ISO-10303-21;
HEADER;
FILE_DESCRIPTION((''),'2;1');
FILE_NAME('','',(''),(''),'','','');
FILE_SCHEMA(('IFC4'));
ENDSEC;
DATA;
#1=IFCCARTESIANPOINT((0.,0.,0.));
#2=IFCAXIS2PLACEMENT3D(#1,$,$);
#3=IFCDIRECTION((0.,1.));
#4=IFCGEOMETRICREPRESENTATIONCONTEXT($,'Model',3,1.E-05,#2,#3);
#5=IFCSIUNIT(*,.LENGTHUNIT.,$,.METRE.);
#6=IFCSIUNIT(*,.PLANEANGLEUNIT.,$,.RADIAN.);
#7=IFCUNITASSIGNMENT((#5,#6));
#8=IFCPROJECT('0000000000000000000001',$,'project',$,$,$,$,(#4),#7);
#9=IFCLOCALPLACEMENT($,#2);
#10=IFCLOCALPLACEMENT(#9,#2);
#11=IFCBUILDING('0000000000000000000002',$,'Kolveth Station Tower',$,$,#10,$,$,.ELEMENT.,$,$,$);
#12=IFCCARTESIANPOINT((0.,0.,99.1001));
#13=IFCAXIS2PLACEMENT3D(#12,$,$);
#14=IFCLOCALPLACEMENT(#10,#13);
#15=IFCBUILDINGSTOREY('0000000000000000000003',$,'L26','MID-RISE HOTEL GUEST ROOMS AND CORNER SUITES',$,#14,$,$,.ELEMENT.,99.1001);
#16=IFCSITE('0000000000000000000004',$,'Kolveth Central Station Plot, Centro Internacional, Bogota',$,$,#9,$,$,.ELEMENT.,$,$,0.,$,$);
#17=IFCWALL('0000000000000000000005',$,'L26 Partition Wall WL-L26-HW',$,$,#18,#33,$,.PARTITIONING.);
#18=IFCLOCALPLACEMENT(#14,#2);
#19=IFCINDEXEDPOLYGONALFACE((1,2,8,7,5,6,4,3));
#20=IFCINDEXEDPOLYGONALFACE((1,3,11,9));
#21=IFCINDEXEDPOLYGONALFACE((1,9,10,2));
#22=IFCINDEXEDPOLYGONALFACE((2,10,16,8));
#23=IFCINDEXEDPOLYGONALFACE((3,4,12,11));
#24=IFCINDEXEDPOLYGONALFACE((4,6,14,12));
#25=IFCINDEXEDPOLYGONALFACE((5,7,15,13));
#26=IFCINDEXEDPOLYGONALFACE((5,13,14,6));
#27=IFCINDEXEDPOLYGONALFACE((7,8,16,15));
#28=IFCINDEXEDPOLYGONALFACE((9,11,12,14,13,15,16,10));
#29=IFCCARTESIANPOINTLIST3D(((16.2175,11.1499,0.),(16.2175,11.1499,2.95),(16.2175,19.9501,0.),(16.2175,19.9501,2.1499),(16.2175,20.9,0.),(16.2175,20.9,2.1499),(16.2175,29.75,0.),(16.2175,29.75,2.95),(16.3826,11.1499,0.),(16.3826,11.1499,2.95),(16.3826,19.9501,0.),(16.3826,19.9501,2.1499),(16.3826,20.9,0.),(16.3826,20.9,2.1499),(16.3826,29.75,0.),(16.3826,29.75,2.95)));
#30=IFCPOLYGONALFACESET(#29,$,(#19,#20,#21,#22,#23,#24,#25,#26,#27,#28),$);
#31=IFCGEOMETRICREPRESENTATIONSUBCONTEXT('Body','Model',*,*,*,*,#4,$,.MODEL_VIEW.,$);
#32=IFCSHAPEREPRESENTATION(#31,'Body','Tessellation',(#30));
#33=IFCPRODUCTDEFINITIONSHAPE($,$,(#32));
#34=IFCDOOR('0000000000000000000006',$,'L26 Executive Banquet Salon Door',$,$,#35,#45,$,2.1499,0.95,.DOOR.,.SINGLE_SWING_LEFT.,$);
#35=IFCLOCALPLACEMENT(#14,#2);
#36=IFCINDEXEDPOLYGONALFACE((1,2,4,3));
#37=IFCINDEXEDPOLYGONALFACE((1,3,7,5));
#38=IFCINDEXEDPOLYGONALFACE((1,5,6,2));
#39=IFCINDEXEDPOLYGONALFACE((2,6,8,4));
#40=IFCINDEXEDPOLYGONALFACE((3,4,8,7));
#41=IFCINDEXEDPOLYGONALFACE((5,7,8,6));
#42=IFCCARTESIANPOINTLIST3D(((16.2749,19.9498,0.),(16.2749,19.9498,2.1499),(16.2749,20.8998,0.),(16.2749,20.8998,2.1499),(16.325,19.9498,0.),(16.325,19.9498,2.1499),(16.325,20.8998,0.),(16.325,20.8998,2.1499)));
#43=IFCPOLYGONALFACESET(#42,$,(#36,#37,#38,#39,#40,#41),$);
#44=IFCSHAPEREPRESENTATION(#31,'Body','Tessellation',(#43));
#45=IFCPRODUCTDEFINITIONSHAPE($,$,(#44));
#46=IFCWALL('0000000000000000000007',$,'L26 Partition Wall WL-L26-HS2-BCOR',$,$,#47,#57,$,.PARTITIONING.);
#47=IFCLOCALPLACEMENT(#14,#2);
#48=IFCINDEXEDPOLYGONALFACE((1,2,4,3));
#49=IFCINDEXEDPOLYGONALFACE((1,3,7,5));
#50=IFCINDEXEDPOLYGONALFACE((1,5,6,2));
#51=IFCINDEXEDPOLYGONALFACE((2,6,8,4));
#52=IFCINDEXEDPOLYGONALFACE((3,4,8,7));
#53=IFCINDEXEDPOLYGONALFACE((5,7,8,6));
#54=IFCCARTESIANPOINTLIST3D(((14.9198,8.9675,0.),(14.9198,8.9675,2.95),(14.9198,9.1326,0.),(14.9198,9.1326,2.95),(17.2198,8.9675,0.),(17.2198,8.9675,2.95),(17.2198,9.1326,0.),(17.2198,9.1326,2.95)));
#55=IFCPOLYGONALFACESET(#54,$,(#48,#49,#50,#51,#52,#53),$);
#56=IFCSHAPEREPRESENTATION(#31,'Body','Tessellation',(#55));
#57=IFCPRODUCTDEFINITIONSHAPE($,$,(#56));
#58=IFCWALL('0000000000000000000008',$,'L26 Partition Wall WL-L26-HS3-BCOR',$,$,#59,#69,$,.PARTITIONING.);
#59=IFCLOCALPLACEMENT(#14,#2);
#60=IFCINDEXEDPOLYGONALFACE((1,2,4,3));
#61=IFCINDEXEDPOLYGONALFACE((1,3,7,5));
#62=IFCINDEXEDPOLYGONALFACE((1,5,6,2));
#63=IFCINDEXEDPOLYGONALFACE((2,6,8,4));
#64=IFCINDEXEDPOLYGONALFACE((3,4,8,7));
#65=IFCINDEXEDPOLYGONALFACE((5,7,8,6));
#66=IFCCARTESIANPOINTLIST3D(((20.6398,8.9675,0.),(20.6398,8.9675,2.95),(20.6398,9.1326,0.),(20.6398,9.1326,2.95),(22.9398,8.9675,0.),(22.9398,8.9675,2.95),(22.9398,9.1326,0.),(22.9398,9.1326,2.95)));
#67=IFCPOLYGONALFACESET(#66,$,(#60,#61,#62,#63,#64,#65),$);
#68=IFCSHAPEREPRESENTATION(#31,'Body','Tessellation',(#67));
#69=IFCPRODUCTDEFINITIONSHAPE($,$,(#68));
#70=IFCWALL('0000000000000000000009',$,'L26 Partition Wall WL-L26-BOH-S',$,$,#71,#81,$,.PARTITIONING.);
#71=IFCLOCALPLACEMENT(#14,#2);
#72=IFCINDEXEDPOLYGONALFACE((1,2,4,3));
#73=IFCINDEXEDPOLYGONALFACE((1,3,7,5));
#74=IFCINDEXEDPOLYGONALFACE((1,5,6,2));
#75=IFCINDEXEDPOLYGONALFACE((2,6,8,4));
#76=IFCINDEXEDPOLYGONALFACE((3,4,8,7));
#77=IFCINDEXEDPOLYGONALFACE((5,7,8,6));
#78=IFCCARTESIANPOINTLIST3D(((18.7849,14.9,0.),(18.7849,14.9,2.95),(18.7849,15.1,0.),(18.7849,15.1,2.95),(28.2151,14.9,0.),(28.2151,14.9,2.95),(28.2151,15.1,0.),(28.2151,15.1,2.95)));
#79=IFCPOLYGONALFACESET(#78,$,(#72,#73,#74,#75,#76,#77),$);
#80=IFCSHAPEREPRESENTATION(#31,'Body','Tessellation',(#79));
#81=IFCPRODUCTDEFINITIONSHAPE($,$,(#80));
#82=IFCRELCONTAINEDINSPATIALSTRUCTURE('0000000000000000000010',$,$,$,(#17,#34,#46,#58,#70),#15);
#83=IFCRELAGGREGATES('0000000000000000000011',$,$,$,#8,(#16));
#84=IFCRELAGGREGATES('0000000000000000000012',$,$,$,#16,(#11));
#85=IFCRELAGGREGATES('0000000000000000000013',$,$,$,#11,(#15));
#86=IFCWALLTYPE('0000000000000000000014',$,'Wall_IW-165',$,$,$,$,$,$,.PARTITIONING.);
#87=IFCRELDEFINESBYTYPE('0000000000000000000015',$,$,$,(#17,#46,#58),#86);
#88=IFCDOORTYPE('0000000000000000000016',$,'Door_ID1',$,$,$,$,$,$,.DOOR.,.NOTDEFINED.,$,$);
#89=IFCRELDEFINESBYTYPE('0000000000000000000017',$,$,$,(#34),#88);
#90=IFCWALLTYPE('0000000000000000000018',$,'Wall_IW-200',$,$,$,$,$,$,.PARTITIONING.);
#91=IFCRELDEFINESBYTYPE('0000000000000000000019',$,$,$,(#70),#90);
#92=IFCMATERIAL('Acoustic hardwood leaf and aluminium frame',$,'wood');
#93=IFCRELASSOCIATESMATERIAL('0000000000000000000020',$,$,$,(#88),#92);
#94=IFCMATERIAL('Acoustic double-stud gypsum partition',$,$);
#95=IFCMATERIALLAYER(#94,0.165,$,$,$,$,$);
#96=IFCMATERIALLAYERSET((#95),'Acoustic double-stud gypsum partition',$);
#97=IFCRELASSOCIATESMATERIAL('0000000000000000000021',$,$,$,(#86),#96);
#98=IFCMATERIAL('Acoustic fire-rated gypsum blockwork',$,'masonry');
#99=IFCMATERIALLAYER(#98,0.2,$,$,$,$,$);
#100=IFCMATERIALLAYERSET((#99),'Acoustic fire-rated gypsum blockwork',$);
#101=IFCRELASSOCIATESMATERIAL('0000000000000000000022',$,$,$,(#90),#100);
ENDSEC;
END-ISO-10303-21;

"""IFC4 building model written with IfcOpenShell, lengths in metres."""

from ifc_helpers import new_model, si_unit, direction, frame, frame_2d, origin, place, context, subcontext, project, spatial, rectangle, extrude, material, layer, layer_set, type_object, element, fill, save


model = new_model("IFC4")

# Units and contexts
model_context = context("Model", 3, precision=1e-05, world=origin(), true_north=direction((0.0, 1.0)))
body_context = subcontext(model_context, "Body", "Model", "MODEL_VIEW")
ifc_project = project(units=[si_unit("LENGTHUNIT", "METRE"), si_unit("PLANEANGLEUNIT", "RADIAN")], contexts=[model_context])

# Site, building, storey
site_placement = place(None, origin())
site = spatial("IfcSite", under=ifc_project, at=site_placement, Name="Kolveth Central Station Plot, Centro Internacional, Bogota", CompositionType="ELEMENT", RefElevation=0.0)
building_placement = place(site_placement, origin())
building = spatial("IfcBuilding", under=site, at=building_placement, Name="Kolveth Station Tower", CompositionType="ELEMENT")
storey_placement = place(building_placement, frame((0.0, 0.0, 99.1001)))
storey = spatial("IfcBuildingStorey", under=building, at=storey_placement, Name="L26", Description="MID-RISE HOTEL GUEST ROOMS AND CORNER SUITES", CompositionType="ELEMENT", Elevation=99.1001)

# Shared definitions
ifc_material_1 = material(Name="Acoustic hardwood leaf and aluminium frame", Category="wood")
door_type_1 = type_object("IfcDoorType", Name="Door_ID1", OperationType="NOTDEFINED", PredefinedType="DOOR", material=ifc_material_1)

# Wall, opening, door
ifc_material_2 = material(Name="Acoustic double-stud gypsum partition")
ifc_layer_1 = layer(ifc_material_2, 0.165)
ifc_layer_set_1 = layer_set([ifc_layer_1], Name="Acoustic double-stud gypsum partition")
wall_type_1 = type_object("IfcWallType", Name="Wall_IW-165", PredefinedType="PARTITIONING", material=ifc_layer_set_1)
wall_1_placement = place(storey_placement, frame((16.3, 11.1499, 0.0), z_axis=(0.0, 0.0, 1.0), x_axis=(0.0, 1.0, 0.0)))
wall_1 = element("IfcWall", 1, at=wall_1_placement, inside=storey, type_object=wall_type_1, Name="L26 Partition Wall WL-L26-HW", PredefinedType="PARTITIONING", context=body_context, shape_type="SweptSolid", body=[
    extrude(rectangle(XDim=18.6001, YDim=0.165, at=frame_2d((9.3, 0.0))), origin(), (0.0, 0.0, 1.0), 2.95),
])
opening_1_placement = place(wall_1_placement, frame((8.8, 0.0, 0.0)))
opening_1 = element("IfcOpeningElement", 2, at=opening_1_placement, cuts=wall_1, PredefinedType="OPENING", context=body_context, shape_type="SweptSolid", body=[
    extrude(rectangle(XDim=0.95, YDim=2.1499, at=frame_2d((0.4751, 1.075))), frame((0.0, 0.0925, 0.0), z_axis=(0.0, -1.0, 0.0), x_axis=(1.0, 0.0, 0.0)), (0.0, 0.0, 1.0), 0.1851),
])
door_1_placement = place(opening_1_placement, frame((0.95, 0.0, 0.0), z_axis=(0.0, 0.0, 1.0), x_axis=(-1.0, 0.0, 0.0)))
door_1 = element("IfcDoor", 3, at=door_1_placement, inside=storey, type_object=door_type_1, Name="L26 Executive Banquet Salon Door", OperationType="SINGLE_SWING_LEFT", OverallHeight=2.1499, OverallWidth=0.95, PredefinedType="DOOR", context=body_context, shape_type="SweptSolid", body=[
    extrude(rectangle(XDim=0.95, YDim=2.1499, at=frame_2d((0.4751, 1.075))), frame((0.0, 0.0249, 0.0), z_axis=(0.0, -1.0, 0.0), x_axis=(1.0, 0.0, 0.0)), (0.0, 0.0, 1.0), 0.05),
])
fill(opening_1, door_1)

# Wall
wall_2_placement = place(storey_placement, frame((14.9199, 9.05, 0.0), z_axis=(0.0, 0.0, 1.0), x_axis=(1.0, 0.0, 0.0)))
element("IfcWall", 4, at=wall_2_placement, inside=storey, type_object=wall_type_1, Name="L26 Partition Wall WL-L26-HS2-BCOR", PredefinedType="PARTITIONING", context=body_context, shape_type="SweptSolid", body=[
    extrude(rectangle(XDim=2.3, YDim=0.165, at=frame_2d((1.1499, 0.0))), origin(), (0.0, 0.0, 1.0), 2.95),
])

# Walls
wall_3_placement = place(storey_placement, frame((20.6399, 9.05, 0.0), z_axis=(0.0, 0.0, 1.0), x_axis=(1.0, 0.0, 0.0)))
element("IfcWall", 5, at=wall_3_placement, inside=storey, type_object=wall_type_1, Name="L26 Partition Wall WL-L26-HS3-BCOR", PredefinedType="PARTITIONING", context=body_context, shape_type="SweptSolid", body=[
    extrude(rectangle(XDim=2.3, YDim=0.165, at=frame_2d((1.1499, 0.0))), origin(), (0.0, 0.0, 1.0), 2.95),
])
ifc_material_3 = material(Name="Acoustic fire-rated gypsum blockwork", Category="masonry")
ifc_layer_2 = layer(ifc_material_3, 0.2)
ifc_layer_set_2 = layer_set([ifc_layer_2], Name="Acoustic fire-rated gypsum blockwork")
wall_type_2 = type_object("IfcWallType", Name="Wall_IW-200", PredefinedType="PARTITIONING", material=ifc_layer_set_2)
wall_4_placement = place(storey_placement, frame((18.7849, 15.0, 0.0), z_axis=(0.0, 0.0, 1.0), x_axis=(1.0, 0.0, 0.0)))
element("IfcWall", 6, at=wall_4_placement, inside=storey, type_object=wall_type_2, Name="L26 Partition Wall WL-L26-BOH-S", PredefinedType="PARTITIONING", context=body_context, shape_type="SweptSolid", body=[
    extrude(rectangle(XDim=9.4302, YDim=0.2, at=frame_2d((4.7151, 0.0))), origin(), (0.0, 0.0, 1.0), 2.95),
])

save(model, "model.ifc")
